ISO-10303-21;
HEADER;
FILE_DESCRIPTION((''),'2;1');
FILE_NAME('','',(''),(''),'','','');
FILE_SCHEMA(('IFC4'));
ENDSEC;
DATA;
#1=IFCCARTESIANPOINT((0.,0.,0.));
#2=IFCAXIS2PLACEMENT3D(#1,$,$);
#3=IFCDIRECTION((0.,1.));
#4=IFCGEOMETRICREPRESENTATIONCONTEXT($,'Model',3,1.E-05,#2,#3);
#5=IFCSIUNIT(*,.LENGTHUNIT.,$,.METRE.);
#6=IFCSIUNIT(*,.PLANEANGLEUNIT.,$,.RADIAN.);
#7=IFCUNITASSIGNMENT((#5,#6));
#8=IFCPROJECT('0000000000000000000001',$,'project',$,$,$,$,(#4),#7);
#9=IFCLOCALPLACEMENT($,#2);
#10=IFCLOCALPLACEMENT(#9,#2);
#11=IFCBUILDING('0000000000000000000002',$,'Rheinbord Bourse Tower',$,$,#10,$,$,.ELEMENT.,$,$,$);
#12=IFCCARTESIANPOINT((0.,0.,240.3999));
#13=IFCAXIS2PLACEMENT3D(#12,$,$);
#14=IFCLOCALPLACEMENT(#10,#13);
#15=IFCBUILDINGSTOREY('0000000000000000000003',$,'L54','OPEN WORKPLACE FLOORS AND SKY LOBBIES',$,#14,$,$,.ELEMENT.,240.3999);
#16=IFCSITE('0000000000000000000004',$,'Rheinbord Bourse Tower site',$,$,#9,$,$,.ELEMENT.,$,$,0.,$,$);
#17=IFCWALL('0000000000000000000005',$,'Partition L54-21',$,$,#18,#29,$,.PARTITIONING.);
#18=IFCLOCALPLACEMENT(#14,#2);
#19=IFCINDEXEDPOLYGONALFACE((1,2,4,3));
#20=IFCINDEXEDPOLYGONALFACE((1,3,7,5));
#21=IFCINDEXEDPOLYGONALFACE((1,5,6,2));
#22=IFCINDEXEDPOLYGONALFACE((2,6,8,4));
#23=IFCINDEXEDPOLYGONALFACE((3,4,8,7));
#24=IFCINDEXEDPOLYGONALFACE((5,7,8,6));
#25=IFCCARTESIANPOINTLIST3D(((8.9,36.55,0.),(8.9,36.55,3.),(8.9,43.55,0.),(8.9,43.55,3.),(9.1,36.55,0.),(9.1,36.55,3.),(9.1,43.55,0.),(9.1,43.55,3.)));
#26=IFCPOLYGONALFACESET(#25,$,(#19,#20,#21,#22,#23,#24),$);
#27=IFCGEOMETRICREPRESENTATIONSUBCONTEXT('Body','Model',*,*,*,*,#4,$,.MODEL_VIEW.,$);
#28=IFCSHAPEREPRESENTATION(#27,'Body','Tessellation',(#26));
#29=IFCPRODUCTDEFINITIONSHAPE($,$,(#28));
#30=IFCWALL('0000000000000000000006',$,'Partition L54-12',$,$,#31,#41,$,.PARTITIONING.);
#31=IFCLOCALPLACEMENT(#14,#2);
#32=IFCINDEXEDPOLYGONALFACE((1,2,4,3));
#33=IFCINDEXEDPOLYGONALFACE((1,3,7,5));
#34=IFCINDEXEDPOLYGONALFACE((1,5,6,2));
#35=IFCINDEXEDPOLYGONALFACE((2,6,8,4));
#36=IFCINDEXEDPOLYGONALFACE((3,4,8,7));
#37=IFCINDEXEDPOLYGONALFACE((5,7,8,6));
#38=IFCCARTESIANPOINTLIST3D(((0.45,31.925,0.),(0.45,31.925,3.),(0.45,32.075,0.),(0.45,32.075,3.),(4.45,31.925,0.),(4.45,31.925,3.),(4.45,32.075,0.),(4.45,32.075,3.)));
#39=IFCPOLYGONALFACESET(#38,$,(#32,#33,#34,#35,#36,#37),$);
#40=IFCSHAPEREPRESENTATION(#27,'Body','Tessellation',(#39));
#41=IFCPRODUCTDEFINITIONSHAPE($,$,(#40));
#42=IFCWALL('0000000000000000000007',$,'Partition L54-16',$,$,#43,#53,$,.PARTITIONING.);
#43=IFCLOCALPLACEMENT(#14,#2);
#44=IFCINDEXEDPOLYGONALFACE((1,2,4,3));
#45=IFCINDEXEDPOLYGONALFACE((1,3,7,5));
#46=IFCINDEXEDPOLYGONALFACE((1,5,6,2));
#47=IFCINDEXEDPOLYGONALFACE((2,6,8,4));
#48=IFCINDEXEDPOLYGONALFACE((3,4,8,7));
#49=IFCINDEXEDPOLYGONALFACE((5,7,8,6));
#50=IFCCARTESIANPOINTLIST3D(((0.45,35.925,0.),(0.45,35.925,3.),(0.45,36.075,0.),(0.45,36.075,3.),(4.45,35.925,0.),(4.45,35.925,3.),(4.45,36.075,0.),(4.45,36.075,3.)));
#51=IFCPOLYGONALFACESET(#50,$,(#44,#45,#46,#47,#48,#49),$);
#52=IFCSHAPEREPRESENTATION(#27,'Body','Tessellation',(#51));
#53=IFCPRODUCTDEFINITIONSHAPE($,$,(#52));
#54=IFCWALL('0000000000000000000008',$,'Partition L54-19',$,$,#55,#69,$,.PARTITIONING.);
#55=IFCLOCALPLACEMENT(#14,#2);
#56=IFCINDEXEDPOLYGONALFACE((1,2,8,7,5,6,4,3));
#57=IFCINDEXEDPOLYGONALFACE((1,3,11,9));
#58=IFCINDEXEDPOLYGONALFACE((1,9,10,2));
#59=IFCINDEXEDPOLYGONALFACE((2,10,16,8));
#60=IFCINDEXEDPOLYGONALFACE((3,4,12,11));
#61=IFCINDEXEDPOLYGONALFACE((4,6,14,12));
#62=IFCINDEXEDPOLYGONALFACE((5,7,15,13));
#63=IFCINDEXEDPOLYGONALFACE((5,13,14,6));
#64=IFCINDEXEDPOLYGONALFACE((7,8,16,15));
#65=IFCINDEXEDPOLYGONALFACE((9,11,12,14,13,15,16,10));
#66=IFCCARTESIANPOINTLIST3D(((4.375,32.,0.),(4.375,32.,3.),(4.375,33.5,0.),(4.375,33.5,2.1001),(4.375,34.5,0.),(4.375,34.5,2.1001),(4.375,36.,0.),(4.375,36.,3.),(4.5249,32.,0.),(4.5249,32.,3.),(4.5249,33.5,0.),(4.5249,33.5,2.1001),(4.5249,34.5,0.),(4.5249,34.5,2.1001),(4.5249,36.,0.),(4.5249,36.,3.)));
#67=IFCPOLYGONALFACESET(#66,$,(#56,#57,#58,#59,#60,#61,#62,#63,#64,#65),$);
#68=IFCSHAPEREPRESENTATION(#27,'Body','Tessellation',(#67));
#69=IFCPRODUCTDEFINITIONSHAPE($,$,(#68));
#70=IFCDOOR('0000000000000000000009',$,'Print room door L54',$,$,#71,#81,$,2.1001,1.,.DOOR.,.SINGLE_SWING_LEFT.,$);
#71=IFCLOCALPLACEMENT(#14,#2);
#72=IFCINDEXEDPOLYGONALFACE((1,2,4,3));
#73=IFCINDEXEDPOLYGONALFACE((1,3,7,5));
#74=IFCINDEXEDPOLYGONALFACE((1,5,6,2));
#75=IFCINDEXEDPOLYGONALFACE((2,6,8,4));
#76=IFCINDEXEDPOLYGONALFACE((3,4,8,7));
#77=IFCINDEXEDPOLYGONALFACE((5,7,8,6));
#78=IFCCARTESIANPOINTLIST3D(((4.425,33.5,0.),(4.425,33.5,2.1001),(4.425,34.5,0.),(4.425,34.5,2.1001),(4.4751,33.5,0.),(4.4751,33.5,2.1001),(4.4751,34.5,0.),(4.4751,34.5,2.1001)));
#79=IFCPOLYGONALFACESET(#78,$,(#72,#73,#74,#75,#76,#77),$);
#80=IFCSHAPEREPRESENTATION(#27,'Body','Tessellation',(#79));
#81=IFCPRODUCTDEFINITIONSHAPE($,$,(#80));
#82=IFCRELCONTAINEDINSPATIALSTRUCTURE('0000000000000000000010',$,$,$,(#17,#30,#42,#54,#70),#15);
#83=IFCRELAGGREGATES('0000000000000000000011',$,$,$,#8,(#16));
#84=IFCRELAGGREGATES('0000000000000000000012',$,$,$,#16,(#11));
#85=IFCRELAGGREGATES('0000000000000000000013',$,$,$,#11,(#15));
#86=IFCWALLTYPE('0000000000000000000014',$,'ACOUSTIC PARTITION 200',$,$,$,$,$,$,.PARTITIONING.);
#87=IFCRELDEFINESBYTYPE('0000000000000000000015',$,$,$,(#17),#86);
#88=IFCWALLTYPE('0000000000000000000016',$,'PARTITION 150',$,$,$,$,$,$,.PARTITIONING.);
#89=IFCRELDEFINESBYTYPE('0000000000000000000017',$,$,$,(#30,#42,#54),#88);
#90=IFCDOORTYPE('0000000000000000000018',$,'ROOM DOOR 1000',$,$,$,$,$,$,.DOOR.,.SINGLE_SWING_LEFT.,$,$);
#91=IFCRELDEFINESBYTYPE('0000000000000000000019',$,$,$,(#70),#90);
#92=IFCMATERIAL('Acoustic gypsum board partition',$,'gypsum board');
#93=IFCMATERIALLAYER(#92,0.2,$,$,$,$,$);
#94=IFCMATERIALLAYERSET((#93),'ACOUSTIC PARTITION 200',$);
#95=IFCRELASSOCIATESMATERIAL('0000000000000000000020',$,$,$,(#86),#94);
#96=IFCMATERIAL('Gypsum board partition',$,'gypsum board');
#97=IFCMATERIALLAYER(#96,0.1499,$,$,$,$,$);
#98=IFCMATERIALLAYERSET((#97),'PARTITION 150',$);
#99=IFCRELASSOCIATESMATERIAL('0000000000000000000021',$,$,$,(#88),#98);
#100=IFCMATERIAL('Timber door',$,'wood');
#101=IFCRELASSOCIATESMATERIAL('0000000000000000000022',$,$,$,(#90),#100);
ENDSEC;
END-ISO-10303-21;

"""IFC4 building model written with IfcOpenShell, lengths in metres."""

from ifc_helpers import new_model, si_unit, direction, frame, frame_2d, origin, place, context, subcontext, project, spatial, rectangle, extrude, material, layer, layer_set, type_object, element, fill, save


model = new_model("IFC4")

# Units and contexts
model_context = context("Model", 3, precision=1e-05, world=origin(), true_north=direction((0.0, 1.0)))
body_context = subcontext(model_context, "Body", "Model", "MODEL_VIEW")
ifc_project = project(units=[si_unit("LENGTHUNIT", "METRE"), si_unit("PLANEANGLEUNIT", "RADIAN")], contexts=[model_context])

# Site, building, storey
site_placement = place(None, origin())
site = spatial("IfcSite", under=ifc_project, at=site_placement, Name="Rheinbord Bourse Tower site", CompositionType="ELEMENT", RefElevation=0.0)
building_placement = place(site_placement, origin())
building = spatial("IfcBuilding", under=site, at=building_placement, Name="Rheinbord Bourse Tower", CompositionType="ELEMENT")
storey_placement = place(building_placement, frame((0.0, 0.0, 240.3999)))
storey = spatial("IfcBuildingStorey", under=building, at=storey_placement, Name="L54", Description="OPEN WORKPLACE FLOORS AND SKY LOBBIES", CompositionType="ELEMENT", Elevation=240.3999)

# Shared definitions
ifc_material_1 = material(Name="Acoustic gypsum board partition", Category="gypsum board")
ifc_layer_1 = layer(ifc_material_1, 0.2)
ifc_layer_set_1 = layer_set([ifc_layer_1], Name="ACOUSTIC PARTITION 200")
wall_type_1 = type_object("IfcWallType", Name="ACOUSTIC PARTITION 200", PredefinedType="PARTITIONING", material=ifc_layer_set_1)

# Walls
wall_1_placement = place(storey_placement, frame((9.0, 36.55, 0.0), z_axis=(0.0, 0.0, 1.0), x_axis=(0.0, 1.0, 0.0)))
element("IfcWall", 1, at=wall_1_placement, inside=storey, type_object=wall_type_1, Name="Partition L54-21", PredefinedType="PARTITIONING", context=body_context, shape_type="SweptSolid", body=[
    extrude(rectangle(XDim=7.0, YDim=0.2, at=frame_2d((3.5, 0.0))), origin(), (0.0, 0.0, 1.0), 3.0),
])
ifc_material_2 = material(Name="Gypsum board partition", Category="gypsum board")
ifc_layer_2 = layer(ifc_material_2, 0.1499)
ifc_layer_set_2 = layer_set([ifc_layer_2], Name="PARTITION 150")
wall_type_2 = type_object("IfcWallType", Name="PARTITION 150", PredefinedType="PARTITIONING", material=ifc_layer_set_2)
for number, where, z_axis, x_axis, name in (
    (2, (0.45, 32.0, 0.0), (0.0, 0.0, 1.0), (1.0, 0.0, 0.0), "Partition L54-12"),
    (3, (0.45, 36.0, 0.0), (0.0, 0.0, 1.0), (1.0, 0.0, 0.0), "Partition L54-16"),
):
    element("IfcWall", number, at=place(storey_placement, frame(where, z_axis=z_axis, x_axis=x_axis)), inside=storey, type_object=wall_type_2, Name=name, PredefinedType="PARTITIONING", context=body_context, shape_type="SweptSolid", body=[
        extrude(rectangle(XDim=4.0, YDim=0.1499, at=frame_2d((2.0, 0.0))), origin(), (0.0, 0.0, 1.0), 3.0),
    ])

# Wall, opening, door
wall_2_placement = place(storey_placement, frame((4.45, 32.0, 0.0), z_axis=(0.0, 0.0, 1.0), x_axis=(0.0, 1.0, 0.0)))
wall_2 = element("IfcWall", 4, at=wall_2_placement, inside=storey, type_object=wall_type_2, Name="Partition L54-19", PredefinedType="PARTITIONING", context=body_context, shape_type="SweptSolid", body=[
    extrude(rectangle(XDim=4.0, YDim=0.1499, at=frame_2d((2.0, 0.0))), origin(), (0.0, 0.0, 1.0), 3.0),
])
opening_1_placement = place(wall_2_placement, frame((1.5, 0.0, 0.0)))
opening_1 = element("IfcOpeningElement", 5, at=opening_1_placement, cuts=wall_2, PredefinedType="OPENING", context=body_context, shape_type="SweptSolid", body=[
    extrude(rectangle(XDim=1.0, YDim=2.1001, at=frame_2d((0.5, 1.05))), frame((0.0, 0.085, 0.0), z_axis=(0.0, -1.0, 0.0), x_axis=(1.0, 0.0, 0.0)), (0.0, 0.0, 1.0), 0.1699),
])
ifc_material_3 = material(Name="Timber door", Category="wood")
door_type_1 = type_object("IfcDoorType", Name="ROOM DOOR 1000", OperationType="SINGLE_SWING_LEFT", PredefinedType="DOOR", material=ifc_material_3)
door_1_placement = place(opening_1_placement, origin())
door_1 = element("IfcDoor", 6, at=door_1_placement, inside=storey, type_object=door_type_1, Name="Print room door L54", OperationType="SINGLE_SWING_LEFT", OverallHeight=2.1001, OverallWidth=1.0, PredefinedType="DOOR", context=body_context, shape_type="SweptSolid", body=[
    extrude(rectangle(XDim=1.0, YDim=2.1001, at=frame_2d((0.5, 1.05))), frame((0.0, 0.0249, 0.0), z_axis=(0.0, -1.0, 0.0), x_axis=(1.0, 0.0, 0.0)), (0.0, 0.0, 1.0), 0.05),
])
fill(opening_1, door_1)

save(model, "model.ifc")
